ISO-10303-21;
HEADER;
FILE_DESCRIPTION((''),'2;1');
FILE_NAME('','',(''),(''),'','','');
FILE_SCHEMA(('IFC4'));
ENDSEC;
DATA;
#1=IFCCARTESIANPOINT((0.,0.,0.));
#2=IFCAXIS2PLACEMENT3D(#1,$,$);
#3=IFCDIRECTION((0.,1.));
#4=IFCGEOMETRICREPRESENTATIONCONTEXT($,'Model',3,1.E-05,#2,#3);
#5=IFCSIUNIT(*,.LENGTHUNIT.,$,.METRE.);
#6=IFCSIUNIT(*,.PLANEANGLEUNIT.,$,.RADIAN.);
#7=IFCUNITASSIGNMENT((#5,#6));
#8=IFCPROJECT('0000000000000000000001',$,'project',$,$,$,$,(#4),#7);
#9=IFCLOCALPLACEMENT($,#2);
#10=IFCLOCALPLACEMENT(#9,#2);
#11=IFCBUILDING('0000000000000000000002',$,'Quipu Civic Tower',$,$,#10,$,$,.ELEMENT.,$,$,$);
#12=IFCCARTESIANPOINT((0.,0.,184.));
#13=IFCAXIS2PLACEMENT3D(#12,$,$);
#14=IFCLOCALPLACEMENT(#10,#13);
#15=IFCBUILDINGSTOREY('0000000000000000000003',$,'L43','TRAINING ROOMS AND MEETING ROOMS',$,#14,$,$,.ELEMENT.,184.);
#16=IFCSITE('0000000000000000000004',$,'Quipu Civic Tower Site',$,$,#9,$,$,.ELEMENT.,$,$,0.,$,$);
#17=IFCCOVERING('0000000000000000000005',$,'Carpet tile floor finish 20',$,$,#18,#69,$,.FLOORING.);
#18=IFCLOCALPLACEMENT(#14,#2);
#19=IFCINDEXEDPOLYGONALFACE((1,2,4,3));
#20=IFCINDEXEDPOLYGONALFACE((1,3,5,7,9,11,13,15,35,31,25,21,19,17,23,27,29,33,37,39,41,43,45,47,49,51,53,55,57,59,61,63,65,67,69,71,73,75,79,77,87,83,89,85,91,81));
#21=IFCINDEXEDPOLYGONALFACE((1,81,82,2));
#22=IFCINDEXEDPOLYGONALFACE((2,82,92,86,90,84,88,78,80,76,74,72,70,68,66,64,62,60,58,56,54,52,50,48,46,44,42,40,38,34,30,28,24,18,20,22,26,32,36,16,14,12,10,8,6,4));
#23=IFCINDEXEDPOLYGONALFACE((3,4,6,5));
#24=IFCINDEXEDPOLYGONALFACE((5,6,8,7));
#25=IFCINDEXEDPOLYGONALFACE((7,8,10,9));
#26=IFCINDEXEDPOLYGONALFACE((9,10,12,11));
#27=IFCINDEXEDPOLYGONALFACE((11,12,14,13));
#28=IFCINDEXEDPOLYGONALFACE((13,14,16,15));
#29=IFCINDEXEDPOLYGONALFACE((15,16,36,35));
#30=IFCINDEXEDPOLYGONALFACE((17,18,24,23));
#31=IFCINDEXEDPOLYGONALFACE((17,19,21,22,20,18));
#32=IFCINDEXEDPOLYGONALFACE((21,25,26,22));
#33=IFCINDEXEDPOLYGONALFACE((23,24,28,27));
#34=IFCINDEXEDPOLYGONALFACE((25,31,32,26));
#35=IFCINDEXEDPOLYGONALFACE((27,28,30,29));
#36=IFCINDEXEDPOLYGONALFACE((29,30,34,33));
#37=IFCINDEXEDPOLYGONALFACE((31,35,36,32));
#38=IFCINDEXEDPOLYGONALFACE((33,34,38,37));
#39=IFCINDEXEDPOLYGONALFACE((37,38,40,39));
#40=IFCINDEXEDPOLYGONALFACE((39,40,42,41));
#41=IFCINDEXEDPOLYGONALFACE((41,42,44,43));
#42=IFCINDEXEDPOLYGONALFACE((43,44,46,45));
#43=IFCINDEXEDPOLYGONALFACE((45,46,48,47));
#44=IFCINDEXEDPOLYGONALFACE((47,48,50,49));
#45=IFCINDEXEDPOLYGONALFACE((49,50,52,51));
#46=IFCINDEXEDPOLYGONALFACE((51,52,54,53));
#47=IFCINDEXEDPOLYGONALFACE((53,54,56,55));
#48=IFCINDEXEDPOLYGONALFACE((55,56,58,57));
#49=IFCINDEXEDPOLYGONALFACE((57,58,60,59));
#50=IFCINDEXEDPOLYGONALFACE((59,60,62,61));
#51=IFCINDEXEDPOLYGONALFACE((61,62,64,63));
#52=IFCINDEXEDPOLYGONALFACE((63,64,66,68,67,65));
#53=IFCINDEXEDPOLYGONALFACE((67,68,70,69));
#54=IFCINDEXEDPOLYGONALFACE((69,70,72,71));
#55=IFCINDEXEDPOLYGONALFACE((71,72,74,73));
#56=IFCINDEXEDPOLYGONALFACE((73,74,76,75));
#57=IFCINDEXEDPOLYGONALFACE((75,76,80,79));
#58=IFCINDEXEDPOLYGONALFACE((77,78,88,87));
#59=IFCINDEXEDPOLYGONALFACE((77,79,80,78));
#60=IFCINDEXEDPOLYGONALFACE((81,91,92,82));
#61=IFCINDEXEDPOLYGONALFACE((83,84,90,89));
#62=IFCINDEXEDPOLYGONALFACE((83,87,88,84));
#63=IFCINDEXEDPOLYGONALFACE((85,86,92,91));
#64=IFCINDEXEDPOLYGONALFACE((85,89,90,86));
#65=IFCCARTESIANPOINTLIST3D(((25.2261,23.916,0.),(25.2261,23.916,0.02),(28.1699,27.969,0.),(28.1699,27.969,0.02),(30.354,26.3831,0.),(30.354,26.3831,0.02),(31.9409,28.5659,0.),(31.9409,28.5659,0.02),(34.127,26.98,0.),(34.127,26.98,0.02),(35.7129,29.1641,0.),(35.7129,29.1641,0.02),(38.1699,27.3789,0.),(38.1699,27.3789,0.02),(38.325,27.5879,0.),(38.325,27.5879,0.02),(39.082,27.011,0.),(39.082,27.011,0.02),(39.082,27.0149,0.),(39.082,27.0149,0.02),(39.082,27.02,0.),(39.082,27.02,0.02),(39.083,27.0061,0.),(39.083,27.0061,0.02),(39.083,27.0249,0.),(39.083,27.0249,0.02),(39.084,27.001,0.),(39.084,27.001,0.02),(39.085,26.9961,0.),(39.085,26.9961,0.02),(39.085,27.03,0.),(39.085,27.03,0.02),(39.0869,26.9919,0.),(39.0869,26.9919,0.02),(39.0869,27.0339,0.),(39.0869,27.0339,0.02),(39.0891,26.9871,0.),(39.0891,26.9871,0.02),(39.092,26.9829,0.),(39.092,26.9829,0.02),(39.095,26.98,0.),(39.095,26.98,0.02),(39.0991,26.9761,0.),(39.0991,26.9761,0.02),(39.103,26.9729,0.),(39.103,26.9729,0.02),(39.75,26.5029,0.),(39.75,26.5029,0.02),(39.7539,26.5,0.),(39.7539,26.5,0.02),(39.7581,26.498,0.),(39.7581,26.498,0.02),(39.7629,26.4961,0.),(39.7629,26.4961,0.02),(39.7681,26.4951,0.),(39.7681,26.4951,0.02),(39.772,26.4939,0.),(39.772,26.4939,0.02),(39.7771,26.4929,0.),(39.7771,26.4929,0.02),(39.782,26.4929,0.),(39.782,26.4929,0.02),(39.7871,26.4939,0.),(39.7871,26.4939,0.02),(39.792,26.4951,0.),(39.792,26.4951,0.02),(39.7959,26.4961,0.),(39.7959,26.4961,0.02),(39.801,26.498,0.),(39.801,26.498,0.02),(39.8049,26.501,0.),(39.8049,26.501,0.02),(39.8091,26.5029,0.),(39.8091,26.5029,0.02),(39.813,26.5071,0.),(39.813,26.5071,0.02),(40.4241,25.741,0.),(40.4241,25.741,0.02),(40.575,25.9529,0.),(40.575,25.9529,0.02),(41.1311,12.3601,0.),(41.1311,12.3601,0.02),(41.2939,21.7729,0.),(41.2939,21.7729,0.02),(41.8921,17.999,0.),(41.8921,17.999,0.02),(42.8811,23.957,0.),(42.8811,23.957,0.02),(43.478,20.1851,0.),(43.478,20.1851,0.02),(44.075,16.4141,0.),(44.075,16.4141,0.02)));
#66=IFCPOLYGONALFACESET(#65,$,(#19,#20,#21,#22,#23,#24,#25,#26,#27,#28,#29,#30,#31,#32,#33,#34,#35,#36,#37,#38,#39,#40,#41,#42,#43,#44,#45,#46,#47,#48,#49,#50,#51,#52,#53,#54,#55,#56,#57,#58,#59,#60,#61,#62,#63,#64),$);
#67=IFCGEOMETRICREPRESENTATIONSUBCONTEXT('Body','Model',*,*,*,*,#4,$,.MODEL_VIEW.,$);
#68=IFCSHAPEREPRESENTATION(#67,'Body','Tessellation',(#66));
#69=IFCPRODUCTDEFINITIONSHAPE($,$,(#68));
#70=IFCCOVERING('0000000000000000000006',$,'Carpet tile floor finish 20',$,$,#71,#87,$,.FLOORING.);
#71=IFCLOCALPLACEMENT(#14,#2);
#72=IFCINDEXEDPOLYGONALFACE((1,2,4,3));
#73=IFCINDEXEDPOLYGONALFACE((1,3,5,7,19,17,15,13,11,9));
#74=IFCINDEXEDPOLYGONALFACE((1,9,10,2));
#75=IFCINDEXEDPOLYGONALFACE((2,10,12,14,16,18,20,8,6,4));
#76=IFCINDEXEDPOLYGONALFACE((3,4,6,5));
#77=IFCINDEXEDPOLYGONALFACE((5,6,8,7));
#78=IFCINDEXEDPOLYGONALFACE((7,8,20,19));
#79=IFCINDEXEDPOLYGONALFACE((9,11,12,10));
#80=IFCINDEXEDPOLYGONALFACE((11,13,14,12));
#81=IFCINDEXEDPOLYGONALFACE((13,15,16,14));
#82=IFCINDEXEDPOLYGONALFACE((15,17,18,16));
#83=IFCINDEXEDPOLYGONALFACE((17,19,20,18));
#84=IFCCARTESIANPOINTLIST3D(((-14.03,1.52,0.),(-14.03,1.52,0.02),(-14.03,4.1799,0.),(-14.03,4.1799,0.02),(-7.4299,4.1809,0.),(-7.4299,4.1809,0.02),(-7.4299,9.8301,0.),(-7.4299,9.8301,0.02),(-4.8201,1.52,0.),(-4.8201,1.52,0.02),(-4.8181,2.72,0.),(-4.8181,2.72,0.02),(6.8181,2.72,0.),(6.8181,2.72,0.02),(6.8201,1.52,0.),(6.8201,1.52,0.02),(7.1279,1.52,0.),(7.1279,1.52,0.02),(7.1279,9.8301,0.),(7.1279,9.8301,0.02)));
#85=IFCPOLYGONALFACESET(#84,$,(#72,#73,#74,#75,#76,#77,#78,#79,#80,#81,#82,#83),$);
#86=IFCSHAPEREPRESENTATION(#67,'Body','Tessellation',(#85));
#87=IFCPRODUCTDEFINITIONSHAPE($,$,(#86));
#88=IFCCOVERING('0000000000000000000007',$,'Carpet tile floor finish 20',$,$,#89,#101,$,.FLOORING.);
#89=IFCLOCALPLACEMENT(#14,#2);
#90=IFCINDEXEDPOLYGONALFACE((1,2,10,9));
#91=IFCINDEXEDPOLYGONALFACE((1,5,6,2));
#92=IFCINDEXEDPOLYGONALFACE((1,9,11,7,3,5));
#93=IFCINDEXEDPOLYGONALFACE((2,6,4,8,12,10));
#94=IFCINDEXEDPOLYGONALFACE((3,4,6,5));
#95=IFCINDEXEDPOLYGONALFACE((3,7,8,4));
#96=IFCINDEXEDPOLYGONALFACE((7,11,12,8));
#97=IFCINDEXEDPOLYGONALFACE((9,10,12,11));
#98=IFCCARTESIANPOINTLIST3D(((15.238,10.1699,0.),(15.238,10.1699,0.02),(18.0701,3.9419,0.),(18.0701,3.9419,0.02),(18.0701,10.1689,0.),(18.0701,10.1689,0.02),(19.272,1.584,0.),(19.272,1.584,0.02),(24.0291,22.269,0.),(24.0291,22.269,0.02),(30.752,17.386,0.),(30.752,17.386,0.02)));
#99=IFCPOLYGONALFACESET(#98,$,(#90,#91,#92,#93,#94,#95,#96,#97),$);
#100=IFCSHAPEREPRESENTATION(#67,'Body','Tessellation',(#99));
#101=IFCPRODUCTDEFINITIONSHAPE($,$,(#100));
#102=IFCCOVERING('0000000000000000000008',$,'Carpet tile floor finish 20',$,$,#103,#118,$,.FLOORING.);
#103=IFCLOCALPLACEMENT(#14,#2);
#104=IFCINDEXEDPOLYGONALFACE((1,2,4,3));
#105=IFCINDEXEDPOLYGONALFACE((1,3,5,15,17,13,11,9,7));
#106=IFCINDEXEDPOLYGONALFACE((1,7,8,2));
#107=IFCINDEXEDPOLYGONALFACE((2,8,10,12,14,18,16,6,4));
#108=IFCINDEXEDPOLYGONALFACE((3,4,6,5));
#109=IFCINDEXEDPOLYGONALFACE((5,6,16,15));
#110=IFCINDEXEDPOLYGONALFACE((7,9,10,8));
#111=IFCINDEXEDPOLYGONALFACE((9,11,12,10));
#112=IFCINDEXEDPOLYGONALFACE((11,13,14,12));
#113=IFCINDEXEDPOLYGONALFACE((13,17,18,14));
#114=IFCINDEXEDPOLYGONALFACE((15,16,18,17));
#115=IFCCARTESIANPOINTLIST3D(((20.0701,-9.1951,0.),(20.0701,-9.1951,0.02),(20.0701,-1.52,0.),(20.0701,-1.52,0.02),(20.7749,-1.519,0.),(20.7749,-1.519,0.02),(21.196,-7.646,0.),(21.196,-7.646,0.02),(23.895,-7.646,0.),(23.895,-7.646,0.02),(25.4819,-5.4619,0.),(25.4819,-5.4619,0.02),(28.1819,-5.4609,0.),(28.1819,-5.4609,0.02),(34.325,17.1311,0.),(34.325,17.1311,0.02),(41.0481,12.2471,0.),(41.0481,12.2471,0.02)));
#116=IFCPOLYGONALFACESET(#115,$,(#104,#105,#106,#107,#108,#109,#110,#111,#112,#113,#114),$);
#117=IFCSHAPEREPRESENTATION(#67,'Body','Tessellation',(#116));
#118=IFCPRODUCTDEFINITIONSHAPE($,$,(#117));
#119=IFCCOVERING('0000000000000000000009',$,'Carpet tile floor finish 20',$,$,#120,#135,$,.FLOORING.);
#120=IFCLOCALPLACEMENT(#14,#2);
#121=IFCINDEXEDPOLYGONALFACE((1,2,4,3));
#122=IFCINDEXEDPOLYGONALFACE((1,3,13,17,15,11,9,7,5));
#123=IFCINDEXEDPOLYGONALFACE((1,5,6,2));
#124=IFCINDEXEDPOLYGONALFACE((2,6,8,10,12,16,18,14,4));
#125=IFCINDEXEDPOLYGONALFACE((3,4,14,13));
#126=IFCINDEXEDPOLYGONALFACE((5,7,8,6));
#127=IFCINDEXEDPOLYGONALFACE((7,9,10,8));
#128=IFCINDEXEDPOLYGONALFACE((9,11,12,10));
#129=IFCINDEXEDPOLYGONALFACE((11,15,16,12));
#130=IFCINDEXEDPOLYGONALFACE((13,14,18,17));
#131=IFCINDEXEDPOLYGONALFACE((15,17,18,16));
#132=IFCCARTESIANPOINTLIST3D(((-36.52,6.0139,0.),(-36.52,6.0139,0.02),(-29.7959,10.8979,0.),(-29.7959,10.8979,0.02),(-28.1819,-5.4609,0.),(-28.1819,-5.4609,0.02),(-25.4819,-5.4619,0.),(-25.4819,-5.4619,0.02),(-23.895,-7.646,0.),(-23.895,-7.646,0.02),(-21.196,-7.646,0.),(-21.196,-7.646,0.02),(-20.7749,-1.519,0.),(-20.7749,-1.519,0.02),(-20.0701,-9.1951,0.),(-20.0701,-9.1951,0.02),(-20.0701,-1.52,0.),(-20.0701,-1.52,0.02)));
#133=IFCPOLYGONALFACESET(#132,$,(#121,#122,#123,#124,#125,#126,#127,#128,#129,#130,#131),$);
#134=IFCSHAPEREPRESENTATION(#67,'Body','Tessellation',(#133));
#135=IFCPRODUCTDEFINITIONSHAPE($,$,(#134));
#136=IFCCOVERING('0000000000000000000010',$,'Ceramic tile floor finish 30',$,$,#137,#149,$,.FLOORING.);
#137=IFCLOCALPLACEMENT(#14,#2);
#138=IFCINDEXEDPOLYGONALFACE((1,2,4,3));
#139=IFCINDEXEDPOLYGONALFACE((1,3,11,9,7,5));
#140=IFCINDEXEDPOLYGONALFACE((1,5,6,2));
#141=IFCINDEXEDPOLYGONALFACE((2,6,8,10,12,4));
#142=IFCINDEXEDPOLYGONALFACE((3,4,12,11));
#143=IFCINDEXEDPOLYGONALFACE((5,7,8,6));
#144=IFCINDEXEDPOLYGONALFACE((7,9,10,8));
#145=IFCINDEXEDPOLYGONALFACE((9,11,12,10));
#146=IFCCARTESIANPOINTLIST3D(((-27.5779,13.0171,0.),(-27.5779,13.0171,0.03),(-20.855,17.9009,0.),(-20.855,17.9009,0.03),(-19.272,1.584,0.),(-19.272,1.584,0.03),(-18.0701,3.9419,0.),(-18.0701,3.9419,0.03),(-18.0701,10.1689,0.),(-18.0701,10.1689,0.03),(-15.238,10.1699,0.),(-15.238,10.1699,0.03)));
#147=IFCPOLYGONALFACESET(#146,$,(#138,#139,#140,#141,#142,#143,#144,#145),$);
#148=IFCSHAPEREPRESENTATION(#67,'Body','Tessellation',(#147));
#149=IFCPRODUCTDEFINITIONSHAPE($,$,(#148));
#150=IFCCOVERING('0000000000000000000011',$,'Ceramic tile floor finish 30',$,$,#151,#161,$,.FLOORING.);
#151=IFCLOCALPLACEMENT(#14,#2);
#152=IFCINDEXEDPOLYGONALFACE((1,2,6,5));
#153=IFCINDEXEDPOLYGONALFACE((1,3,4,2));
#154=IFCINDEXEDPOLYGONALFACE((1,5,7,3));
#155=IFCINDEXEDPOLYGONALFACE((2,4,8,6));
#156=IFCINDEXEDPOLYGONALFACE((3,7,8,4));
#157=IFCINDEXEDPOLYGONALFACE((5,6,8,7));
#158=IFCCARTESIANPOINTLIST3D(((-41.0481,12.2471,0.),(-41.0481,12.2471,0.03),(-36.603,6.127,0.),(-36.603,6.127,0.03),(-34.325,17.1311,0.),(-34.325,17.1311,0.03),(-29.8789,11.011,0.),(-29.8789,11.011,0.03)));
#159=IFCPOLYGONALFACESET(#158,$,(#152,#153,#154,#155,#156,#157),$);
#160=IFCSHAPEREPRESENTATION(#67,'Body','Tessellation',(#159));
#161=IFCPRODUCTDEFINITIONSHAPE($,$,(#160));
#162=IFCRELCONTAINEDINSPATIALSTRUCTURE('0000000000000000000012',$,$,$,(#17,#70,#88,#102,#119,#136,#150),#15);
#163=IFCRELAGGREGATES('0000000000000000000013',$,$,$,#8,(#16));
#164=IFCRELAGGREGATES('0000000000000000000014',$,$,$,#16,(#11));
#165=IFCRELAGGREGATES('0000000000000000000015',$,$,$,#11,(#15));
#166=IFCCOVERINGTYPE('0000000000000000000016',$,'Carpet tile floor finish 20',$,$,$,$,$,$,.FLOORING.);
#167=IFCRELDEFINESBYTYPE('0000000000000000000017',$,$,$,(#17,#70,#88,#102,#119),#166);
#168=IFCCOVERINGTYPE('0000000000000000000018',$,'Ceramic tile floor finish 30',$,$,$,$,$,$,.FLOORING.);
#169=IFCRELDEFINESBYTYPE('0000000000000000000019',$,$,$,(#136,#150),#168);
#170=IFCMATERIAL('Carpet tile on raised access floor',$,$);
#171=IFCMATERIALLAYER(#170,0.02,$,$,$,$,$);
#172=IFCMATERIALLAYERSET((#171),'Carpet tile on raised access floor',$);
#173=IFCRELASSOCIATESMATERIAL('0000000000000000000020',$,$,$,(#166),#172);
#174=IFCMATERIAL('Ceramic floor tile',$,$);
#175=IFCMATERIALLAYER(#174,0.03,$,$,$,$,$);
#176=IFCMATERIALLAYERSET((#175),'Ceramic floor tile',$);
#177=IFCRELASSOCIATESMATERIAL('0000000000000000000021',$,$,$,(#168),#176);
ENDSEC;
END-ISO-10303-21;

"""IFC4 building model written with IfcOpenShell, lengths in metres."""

from ifc_helpers import new_model, si_unit, direction, frame, origin, place, context, subcontext, project, spatial, polyline, outline, extrude, material, layer, layer_set, type_object, element, save


model = new_model("IFC4")

# Units and contexts
model_context = context("Model", 3, precision=1e-05, world=origin(), true_north=direction((0.0, 1.0)))
body_context = subcontext(model_context, "Body", "Model", "MODEL_VIEW")
ifc_project = project(units=[si_unit("LENGTHUNIT", "METRE"), si_unit("PLANEANGLEUNIT", "RADIAN")], contexts=[model_context])

# Site, building, storey
site_placement = place(None, origin())
site = spatial("IfcSite", under=ifc_project, at=site_placement, Name="Quipu Civic Tower Site", CompositionType="ELEMENT", RefElevation=0.0)
building_placement = place(site_placement, origin())
building = spatial("IfcBuilding", under=site, at=building_placement, Name="Quipu Civic Tower", CompositionType="ELEMENT")
storey_placement = place(building_placement, frame((0.0, 0.0, 184.0)))
storey = spatial("IfcBuildingStorey", under=building, at=storey_placement, Name="L43", Description="TRAINING ROOMS AND MEETING ROOMS", CompositionType="ELEMENT", Elevation=184.0)

# Coverings
ifc_material_1 = material(Name="Carpet tile on raised access floor")
ifc_layer_1 = layer(ifc_material_1, 0.02)
ifc_layer_set_1 = layer_set([ifc_layer_1], Name="Carpet tile on raised access floor")
covering_type_1 = type_object("IfcCoveringType", Name="Carpet tile floor finish 20", PredefinedType="FLOORING", material=ifc_layer_set_1)
covering_1_placement = place(storey_placement, origin())
element("IfcCovering", 1, at=covering_1_placement, inside=storey, type_object=covering_type_1, Name="Carpet tile floor finish 20", PredefinedType="FLOORING", context=body_context, shape_type="SweptSolid", body=[
    extrude(outline(polyline([(25.2261, 23.916), (28.1699, 27.969), (30.354, 26.3831), (31.9409, 28.5659), (34.127, 26.98), (35.7129, 29.1641), (38.1699, 27.3789), (38.325, 27.5879), (39.0869, 27.0339), (39.085, 27.03), (39.083, 27.0249), (39.082, 27.02), (39.082, 27.0149), (39.082, 27.011), (39.083, 27.0061), (39.084, 27.001), (39.085, 26.9961), (39.0869, 26.9919), (39.0891, 26.9871), (39.092, 26.9829), (39.095, 26.98), (39.0991, 26.9761), (39.103, 26.9729), (39.75, 26.5029), (39.7539, 26.5), (39.7581, 26.498), (39.7629, 26.4961), (39.7681, 26.4951), (39.772, 26.4939), (39.7771, 26.4929), (39.782, 26.4929), (39.7871, 26.4939), (39.792, 26.4951), (39.7959, 26.4961), (39.801, 26.498), (39.8049, 26.501), (39.8091, 26.5029), (39.813, 26.5071), (40.575, 25.9529), (40.4241, 25.741), (42.8811, 23.957), (41.2939, 21.7729), (43.478, 20.1851), (41.8921, 17.999), (44.075, 16.4141), (41.1311, 12.3601), (25.2261, 23.916)])), origin(), (0.0, 0.0, 1.0), 0.02),
])
covering_2_placement = place(storey_placement, origin())
element("IfcCovering", 2, at=covering_2_placement, inside=storey, type_object=covering_type_1, Name="Carpet tile floor finish 20", PredefinedType="FLOORING", context=body_context, shape_type="SweptSolid", body=[
    extrude(outline(polyline([(-14.03, 1.52), (-14.03, 4.1799), (-7.4299, 4.1809), (-7.4299, 9.8301), (7.1279, 9.8301), (7.1279, 1.52), (6.8201, 1.52), (6.8181, 2.72), (-4.8181, 2.72), (-4.8201, 1.52), (-14.03, 1.52)])), origin(), (0.0, 0.0, 1.0), 0.02),
])
covering_3_placement = place(storey_placement, origin())
element("IfcCovering", 3, at=covering_3_placement, inside=storey, type_object=covering_type_1, Name="Carpet tile floor finish 20", PredefinedType="FLOORING", context=body_context, shape_type="SweptSolid", body=[
    extrude(outline(polyline([(15.238, 10.1699), (24.0291, 22.269), (30.752, 17.386), (19.272, 1.584), (18.0701, 3.9419), (18.0701, 10.1689), (15.238, 10.1699)])), origin(), (0.0, 0.0, 1.0), 0.02),
])
covering_4_placement = place(storey_placement, origin())
element("IfcCovering", 4, at=covering_4_placement, inside=storey, type_object=covering_type_1, Name="Carpet tile floor finish 20", PredefinedType="FLOORING", context=body_context, shape_type="SweptSolid", body=[
    extrude(outline(polyline([(20.0701, -9.1951), (20.0701, -1.52), (20.7749, -1.519), (34.325, 17.1311), (41.0481, 12.2471), (28.1819, -5.4609), (25.4819, -5.4619), (23.895, -7.646), (21.196, -7.646), (20.0701, -9.1951)])), origin(), (0.0, 0.0, 1.0), 0.02),
])
covering_5_placement = place(storey_placement, origin())
element("IfcCovering", 5, at=covering_5_placement, inside=storey, type_object=covering_type_1, Name="Carpet tile floor finish 20", PredefinedType="FLOORING", context=body_context, shape_type="SweptSolid", body=[
    extrude(outline(polyline([(-36.52, 6.0139), (-29.7959, 10.8979), (-20.7749, -1.519), (-20.0701, -1.52), (-20.0701, -9.1951), (-21.196, -7.646), (-23.895, -7.646), (-25.4819, -5.4619), (-28.1819, -5.4609), (-36.52, 6.0139)])), origin(), (0.0, 0.0, 1.0), 0.02),
])
ifc_material_2 = material(Name="Ceramic floor tile")
ifc_layer_2 = layer(ifc_material_2, 0.03)
ifc_layer_set_2 = layer_set([ifc_layer_2], Name="Ceramic floor tile")
covering_type_2 = type_object("IfcCoveringType", Name="Ceramic tile floor finish 30", PredefinedType="FLOORING", material=ifc_layer_set_2)
covering_6_placement = place(storey_placement, origin())
element("IfcCovering", 6, at=covering_6_placement, inside=storey, type_object=covering_type_2, Name="Ceramic tile floor finish 30", PredefinedType="FLOORING", context=body_context, shape_type="SweptSolid", body=[
    extrude(outline(polyline([(-27.5779, 13.0171), (-20.855, 17.9009), (-15.238, 10.1699), (-18.0701, 10.1689), (-18.0701, 3.9419), (-19.272, 1.584), (-27.5779, 13.0171)])), origin(), (0.0, 0.0, 1.0), 0.03),
])
covering_7_placement = place(storey_placement, origin())
element("IfcCovering", 7, at=covering_7_placement, inside=storey, type_object=covering_type_2, Name="Ceramic tile floor finish 30", PredefinedType="FLOORING", context=body_context, shape_type="SweptSolid", body=[
    extrude(outline(polyline([(-41.0481, 12.2471), (-34.325, 17.1311), (-29.8789, 11.011), (-36.603, 6.127), (-41.0481, 12.2471)])), origin(), (0.0, 0.0, 1.0), 0.03),
])

save(model, "model.ifc")
